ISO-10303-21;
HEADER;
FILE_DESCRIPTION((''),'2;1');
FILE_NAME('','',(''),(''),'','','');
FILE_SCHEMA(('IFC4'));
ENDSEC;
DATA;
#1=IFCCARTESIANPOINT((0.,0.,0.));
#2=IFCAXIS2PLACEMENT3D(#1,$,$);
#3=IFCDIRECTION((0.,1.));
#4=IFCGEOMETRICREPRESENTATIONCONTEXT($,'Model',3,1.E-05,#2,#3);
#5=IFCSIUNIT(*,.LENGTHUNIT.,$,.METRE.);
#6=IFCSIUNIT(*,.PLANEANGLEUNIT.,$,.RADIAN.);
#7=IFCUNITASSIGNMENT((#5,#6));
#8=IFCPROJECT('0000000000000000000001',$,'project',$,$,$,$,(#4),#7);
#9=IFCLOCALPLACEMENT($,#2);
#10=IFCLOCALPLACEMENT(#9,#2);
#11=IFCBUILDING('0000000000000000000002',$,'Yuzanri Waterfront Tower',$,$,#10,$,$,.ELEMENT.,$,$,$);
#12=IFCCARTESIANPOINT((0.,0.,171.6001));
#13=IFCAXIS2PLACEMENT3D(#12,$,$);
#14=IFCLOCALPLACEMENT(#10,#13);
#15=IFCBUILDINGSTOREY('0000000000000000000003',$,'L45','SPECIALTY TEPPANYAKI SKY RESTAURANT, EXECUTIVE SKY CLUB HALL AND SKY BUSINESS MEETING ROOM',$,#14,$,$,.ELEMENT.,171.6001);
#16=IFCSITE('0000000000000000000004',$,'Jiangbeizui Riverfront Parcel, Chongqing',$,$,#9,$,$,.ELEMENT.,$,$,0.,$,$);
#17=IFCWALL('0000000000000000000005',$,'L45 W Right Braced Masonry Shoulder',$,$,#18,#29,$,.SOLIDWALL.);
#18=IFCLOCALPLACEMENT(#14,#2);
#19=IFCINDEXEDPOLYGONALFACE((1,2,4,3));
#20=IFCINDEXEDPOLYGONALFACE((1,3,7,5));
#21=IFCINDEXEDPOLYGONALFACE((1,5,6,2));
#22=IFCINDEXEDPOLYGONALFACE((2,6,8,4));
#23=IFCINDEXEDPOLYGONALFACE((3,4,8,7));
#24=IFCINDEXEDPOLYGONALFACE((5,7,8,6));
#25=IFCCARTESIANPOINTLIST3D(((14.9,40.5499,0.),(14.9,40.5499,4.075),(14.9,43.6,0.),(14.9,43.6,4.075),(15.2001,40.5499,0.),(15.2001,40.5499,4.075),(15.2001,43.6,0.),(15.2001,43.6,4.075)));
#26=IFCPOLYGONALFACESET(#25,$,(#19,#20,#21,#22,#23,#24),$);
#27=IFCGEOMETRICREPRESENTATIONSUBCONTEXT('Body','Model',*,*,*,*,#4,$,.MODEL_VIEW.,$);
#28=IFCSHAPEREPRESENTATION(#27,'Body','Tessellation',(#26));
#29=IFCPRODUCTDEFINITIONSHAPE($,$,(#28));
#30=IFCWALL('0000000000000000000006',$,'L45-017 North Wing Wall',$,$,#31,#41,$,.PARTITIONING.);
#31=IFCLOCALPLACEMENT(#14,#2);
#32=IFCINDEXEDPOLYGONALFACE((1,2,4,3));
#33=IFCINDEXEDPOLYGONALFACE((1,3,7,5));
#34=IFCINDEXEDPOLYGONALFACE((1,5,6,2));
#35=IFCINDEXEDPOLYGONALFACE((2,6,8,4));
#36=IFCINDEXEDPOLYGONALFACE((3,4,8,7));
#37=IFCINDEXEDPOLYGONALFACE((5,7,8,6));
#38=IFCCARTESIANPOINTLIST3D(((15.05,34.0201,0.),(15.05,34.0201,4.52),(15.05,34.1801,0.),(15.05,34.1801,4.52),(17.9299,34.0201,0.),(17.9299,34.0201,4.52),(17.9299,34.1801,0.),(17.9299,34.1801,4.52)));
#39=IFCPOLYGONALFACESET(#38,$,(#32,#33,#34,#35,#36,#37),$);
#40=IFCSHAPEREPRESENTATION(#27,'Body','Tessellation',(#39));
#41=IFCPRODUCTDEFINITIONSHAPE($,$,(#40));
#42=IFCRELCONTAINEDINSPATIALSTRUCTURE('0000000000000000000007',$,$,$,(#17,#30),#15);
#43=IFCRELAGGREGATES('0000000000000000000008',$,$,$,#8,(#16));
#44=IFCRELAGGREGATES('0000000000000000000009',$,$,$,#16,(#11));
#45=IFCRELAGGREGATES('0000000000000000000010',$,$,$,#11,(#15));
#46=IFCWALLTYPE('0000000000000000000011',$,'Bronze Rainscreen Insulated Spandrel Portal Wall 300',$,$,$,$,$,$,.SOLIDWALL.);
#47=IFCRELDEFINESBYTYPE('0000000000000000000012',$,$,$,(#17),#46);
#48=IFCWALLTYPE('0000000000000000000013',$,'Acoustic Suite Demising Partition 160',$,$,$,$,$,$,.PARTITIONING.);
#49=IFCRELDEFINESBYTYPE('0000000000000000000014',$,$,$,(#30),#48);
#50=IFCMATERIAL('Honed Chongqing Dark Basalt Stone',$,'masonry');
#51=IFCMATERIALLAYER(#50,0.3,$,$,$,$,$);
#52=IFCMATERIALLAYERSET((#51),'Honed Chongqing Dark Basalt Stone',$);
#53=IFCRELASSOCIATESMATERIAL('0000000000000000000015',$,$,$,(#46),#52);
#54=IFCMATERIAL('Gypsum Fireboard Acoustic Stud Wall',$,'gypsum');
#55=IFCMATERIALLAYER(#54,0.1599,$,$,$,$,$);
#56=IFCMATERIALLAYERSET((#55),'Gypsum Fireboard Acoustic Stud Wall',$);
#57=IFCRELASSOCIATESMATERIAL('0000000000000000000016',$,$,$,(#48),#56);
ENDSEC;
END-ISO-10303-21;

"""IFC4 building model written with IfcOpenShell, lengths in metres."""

from ifc_helpers import new_model, si_unit, direction, frame, frame_2d, origin, place, context, subcontext, project, spatial, rectangle, extrude, source, transform, mapped, material, layer, layer_set, type_object, element, save


model = new_model("IFC4")

# Units and contexts
model_context = context("Model", 3, precision=1e-05, world=origin(), true_north=direction((0.0, 1.0)))
body_context = subcontext(model_context, "Body", "Model", "MODEL_VIEW")
ifc_project = project(units=[si_unit("LENGTHUNIT", "METRE"), si_unit("PLANEANGLEUNIT", "RADIAN")], contexts=[model_context])

# Site, building, storey
site_placement = place(None, origin())
site = spatial("IfcSite", under=ifc_project, at=site_placement, Name="Jiangbeizui Riverfront Parcel, Chongqing", CompositionType="ELEMENT", RefElevation=0.0)
building_placement = place(site_placement, origin())
building = spatial("IfcBuilding", under=site, at=building_placement, Name="Yuzanri Waterfront Tower", CompositionType="ELEMENT")
storey_placement = place(building_placement, frame((0.0, 0.0, 171.6001)))
storey = spatial("IfcBuildingStorey", under=building, at=storey_placement, Name="L45", Description="SPECIALTY TEPPANYAKI SKY RESTAURANT, EXECUTIVE SKY CLUB HALL AND SKY BUSINESS MEETING ROOM", CompositionType="ELEMENT", Elevation=171.6001)

# Shared definitions
ifc_material_1 = material(Name="Honed Chongqing Dark Basalt Stone", Category="masonry")
ifc_layer_1 = layer(ifc_material_1, 0.3)
ifc_layer_set_1 = layer_set([ifc_layer_1], Name="Honed Chongqing Dark Basalt Stone")
wall_type_1 = type_object("IfcWallType", Name="Bronze Rainscreen Insulated Spandrel Portal Wall 300", PredefinedType="SOLIDWALL", material=ifc_layer_set_1)

# Walls
shared_shape_1 = source(origin(), body_context, "Body", "SweptSolid", [
    extrude(rectangle(XDim=3.05, YDim=0.3, at=frame_2d((1.5249, 0.0))), origin(), (0.0, 0.0, 1.0), 4.075),
])
for number, where, z_axis, x_axis, name in (
    (1, (15.05, 40.55, 0.0), (0.0, 0.0, 1.0), (0.0, 1.0, 0.0), "L45 W Right Braced Masonry Shoulder"),
):
    element("IfcWall", number, at=place(storey_placement, frame(where, z_axis=z_axis, x_axis=x_axis)), inside=storey, type_object=wall_type_1, Name=name, PredefinedType="SOLIDWALL", context=body_context, shape_type="MappedRepresentation", body=[
        mapped(shared_shape_1, transform((0.0, 0.0, 0.0), scale=1.0)),
    ])
ifc_material_2 = material(Name="Gypsum Fireboard Acoustic Stud Wall", Category="gypsum")
ifc_layer_2 = layer(ifc_material_2, 0.1599)
ifc_layer_set_2 = layer_set([ifc_layer_2], Name="Gypsum Fireboard Acoustic Stud Wall")
wall_type_2 = type_object("IfcWallType", Name="Acoustic Suite Demising Partition 160", PredefinedType="PARTITIONING", material=ifc_layer_set_2)
shared_shape_2 = source(origin(), body_context, "Body", "SweptSolid", [
    extrude(rectangle(XDim=2.8799, YDim=0.1599, at=frame_2d((1.4399, 0.0))), origin(), (0.0, 0.0, 1.0), 4.52),
])
wall_1_placement = place(storey_placement, frame((15.05, 34.1001, 0.0), z_axis=(0.0, 0.0, 1.0), x_axis=(1.0, 0.0, 0.0)))
element("IfcWall", 2, at=wall_1_placement, inside=storey, type_object=wall_type_2, Name="L45-017 North Wing Wall", PredefinedType="PARTITIONING", context=body_context, shape_type="MappedRepresentation", body=[
    mapped(shared_shape_2, transform((0.0, 0.0, 0.0), scale=1.0)),
])

save(model, "model.ifc")
